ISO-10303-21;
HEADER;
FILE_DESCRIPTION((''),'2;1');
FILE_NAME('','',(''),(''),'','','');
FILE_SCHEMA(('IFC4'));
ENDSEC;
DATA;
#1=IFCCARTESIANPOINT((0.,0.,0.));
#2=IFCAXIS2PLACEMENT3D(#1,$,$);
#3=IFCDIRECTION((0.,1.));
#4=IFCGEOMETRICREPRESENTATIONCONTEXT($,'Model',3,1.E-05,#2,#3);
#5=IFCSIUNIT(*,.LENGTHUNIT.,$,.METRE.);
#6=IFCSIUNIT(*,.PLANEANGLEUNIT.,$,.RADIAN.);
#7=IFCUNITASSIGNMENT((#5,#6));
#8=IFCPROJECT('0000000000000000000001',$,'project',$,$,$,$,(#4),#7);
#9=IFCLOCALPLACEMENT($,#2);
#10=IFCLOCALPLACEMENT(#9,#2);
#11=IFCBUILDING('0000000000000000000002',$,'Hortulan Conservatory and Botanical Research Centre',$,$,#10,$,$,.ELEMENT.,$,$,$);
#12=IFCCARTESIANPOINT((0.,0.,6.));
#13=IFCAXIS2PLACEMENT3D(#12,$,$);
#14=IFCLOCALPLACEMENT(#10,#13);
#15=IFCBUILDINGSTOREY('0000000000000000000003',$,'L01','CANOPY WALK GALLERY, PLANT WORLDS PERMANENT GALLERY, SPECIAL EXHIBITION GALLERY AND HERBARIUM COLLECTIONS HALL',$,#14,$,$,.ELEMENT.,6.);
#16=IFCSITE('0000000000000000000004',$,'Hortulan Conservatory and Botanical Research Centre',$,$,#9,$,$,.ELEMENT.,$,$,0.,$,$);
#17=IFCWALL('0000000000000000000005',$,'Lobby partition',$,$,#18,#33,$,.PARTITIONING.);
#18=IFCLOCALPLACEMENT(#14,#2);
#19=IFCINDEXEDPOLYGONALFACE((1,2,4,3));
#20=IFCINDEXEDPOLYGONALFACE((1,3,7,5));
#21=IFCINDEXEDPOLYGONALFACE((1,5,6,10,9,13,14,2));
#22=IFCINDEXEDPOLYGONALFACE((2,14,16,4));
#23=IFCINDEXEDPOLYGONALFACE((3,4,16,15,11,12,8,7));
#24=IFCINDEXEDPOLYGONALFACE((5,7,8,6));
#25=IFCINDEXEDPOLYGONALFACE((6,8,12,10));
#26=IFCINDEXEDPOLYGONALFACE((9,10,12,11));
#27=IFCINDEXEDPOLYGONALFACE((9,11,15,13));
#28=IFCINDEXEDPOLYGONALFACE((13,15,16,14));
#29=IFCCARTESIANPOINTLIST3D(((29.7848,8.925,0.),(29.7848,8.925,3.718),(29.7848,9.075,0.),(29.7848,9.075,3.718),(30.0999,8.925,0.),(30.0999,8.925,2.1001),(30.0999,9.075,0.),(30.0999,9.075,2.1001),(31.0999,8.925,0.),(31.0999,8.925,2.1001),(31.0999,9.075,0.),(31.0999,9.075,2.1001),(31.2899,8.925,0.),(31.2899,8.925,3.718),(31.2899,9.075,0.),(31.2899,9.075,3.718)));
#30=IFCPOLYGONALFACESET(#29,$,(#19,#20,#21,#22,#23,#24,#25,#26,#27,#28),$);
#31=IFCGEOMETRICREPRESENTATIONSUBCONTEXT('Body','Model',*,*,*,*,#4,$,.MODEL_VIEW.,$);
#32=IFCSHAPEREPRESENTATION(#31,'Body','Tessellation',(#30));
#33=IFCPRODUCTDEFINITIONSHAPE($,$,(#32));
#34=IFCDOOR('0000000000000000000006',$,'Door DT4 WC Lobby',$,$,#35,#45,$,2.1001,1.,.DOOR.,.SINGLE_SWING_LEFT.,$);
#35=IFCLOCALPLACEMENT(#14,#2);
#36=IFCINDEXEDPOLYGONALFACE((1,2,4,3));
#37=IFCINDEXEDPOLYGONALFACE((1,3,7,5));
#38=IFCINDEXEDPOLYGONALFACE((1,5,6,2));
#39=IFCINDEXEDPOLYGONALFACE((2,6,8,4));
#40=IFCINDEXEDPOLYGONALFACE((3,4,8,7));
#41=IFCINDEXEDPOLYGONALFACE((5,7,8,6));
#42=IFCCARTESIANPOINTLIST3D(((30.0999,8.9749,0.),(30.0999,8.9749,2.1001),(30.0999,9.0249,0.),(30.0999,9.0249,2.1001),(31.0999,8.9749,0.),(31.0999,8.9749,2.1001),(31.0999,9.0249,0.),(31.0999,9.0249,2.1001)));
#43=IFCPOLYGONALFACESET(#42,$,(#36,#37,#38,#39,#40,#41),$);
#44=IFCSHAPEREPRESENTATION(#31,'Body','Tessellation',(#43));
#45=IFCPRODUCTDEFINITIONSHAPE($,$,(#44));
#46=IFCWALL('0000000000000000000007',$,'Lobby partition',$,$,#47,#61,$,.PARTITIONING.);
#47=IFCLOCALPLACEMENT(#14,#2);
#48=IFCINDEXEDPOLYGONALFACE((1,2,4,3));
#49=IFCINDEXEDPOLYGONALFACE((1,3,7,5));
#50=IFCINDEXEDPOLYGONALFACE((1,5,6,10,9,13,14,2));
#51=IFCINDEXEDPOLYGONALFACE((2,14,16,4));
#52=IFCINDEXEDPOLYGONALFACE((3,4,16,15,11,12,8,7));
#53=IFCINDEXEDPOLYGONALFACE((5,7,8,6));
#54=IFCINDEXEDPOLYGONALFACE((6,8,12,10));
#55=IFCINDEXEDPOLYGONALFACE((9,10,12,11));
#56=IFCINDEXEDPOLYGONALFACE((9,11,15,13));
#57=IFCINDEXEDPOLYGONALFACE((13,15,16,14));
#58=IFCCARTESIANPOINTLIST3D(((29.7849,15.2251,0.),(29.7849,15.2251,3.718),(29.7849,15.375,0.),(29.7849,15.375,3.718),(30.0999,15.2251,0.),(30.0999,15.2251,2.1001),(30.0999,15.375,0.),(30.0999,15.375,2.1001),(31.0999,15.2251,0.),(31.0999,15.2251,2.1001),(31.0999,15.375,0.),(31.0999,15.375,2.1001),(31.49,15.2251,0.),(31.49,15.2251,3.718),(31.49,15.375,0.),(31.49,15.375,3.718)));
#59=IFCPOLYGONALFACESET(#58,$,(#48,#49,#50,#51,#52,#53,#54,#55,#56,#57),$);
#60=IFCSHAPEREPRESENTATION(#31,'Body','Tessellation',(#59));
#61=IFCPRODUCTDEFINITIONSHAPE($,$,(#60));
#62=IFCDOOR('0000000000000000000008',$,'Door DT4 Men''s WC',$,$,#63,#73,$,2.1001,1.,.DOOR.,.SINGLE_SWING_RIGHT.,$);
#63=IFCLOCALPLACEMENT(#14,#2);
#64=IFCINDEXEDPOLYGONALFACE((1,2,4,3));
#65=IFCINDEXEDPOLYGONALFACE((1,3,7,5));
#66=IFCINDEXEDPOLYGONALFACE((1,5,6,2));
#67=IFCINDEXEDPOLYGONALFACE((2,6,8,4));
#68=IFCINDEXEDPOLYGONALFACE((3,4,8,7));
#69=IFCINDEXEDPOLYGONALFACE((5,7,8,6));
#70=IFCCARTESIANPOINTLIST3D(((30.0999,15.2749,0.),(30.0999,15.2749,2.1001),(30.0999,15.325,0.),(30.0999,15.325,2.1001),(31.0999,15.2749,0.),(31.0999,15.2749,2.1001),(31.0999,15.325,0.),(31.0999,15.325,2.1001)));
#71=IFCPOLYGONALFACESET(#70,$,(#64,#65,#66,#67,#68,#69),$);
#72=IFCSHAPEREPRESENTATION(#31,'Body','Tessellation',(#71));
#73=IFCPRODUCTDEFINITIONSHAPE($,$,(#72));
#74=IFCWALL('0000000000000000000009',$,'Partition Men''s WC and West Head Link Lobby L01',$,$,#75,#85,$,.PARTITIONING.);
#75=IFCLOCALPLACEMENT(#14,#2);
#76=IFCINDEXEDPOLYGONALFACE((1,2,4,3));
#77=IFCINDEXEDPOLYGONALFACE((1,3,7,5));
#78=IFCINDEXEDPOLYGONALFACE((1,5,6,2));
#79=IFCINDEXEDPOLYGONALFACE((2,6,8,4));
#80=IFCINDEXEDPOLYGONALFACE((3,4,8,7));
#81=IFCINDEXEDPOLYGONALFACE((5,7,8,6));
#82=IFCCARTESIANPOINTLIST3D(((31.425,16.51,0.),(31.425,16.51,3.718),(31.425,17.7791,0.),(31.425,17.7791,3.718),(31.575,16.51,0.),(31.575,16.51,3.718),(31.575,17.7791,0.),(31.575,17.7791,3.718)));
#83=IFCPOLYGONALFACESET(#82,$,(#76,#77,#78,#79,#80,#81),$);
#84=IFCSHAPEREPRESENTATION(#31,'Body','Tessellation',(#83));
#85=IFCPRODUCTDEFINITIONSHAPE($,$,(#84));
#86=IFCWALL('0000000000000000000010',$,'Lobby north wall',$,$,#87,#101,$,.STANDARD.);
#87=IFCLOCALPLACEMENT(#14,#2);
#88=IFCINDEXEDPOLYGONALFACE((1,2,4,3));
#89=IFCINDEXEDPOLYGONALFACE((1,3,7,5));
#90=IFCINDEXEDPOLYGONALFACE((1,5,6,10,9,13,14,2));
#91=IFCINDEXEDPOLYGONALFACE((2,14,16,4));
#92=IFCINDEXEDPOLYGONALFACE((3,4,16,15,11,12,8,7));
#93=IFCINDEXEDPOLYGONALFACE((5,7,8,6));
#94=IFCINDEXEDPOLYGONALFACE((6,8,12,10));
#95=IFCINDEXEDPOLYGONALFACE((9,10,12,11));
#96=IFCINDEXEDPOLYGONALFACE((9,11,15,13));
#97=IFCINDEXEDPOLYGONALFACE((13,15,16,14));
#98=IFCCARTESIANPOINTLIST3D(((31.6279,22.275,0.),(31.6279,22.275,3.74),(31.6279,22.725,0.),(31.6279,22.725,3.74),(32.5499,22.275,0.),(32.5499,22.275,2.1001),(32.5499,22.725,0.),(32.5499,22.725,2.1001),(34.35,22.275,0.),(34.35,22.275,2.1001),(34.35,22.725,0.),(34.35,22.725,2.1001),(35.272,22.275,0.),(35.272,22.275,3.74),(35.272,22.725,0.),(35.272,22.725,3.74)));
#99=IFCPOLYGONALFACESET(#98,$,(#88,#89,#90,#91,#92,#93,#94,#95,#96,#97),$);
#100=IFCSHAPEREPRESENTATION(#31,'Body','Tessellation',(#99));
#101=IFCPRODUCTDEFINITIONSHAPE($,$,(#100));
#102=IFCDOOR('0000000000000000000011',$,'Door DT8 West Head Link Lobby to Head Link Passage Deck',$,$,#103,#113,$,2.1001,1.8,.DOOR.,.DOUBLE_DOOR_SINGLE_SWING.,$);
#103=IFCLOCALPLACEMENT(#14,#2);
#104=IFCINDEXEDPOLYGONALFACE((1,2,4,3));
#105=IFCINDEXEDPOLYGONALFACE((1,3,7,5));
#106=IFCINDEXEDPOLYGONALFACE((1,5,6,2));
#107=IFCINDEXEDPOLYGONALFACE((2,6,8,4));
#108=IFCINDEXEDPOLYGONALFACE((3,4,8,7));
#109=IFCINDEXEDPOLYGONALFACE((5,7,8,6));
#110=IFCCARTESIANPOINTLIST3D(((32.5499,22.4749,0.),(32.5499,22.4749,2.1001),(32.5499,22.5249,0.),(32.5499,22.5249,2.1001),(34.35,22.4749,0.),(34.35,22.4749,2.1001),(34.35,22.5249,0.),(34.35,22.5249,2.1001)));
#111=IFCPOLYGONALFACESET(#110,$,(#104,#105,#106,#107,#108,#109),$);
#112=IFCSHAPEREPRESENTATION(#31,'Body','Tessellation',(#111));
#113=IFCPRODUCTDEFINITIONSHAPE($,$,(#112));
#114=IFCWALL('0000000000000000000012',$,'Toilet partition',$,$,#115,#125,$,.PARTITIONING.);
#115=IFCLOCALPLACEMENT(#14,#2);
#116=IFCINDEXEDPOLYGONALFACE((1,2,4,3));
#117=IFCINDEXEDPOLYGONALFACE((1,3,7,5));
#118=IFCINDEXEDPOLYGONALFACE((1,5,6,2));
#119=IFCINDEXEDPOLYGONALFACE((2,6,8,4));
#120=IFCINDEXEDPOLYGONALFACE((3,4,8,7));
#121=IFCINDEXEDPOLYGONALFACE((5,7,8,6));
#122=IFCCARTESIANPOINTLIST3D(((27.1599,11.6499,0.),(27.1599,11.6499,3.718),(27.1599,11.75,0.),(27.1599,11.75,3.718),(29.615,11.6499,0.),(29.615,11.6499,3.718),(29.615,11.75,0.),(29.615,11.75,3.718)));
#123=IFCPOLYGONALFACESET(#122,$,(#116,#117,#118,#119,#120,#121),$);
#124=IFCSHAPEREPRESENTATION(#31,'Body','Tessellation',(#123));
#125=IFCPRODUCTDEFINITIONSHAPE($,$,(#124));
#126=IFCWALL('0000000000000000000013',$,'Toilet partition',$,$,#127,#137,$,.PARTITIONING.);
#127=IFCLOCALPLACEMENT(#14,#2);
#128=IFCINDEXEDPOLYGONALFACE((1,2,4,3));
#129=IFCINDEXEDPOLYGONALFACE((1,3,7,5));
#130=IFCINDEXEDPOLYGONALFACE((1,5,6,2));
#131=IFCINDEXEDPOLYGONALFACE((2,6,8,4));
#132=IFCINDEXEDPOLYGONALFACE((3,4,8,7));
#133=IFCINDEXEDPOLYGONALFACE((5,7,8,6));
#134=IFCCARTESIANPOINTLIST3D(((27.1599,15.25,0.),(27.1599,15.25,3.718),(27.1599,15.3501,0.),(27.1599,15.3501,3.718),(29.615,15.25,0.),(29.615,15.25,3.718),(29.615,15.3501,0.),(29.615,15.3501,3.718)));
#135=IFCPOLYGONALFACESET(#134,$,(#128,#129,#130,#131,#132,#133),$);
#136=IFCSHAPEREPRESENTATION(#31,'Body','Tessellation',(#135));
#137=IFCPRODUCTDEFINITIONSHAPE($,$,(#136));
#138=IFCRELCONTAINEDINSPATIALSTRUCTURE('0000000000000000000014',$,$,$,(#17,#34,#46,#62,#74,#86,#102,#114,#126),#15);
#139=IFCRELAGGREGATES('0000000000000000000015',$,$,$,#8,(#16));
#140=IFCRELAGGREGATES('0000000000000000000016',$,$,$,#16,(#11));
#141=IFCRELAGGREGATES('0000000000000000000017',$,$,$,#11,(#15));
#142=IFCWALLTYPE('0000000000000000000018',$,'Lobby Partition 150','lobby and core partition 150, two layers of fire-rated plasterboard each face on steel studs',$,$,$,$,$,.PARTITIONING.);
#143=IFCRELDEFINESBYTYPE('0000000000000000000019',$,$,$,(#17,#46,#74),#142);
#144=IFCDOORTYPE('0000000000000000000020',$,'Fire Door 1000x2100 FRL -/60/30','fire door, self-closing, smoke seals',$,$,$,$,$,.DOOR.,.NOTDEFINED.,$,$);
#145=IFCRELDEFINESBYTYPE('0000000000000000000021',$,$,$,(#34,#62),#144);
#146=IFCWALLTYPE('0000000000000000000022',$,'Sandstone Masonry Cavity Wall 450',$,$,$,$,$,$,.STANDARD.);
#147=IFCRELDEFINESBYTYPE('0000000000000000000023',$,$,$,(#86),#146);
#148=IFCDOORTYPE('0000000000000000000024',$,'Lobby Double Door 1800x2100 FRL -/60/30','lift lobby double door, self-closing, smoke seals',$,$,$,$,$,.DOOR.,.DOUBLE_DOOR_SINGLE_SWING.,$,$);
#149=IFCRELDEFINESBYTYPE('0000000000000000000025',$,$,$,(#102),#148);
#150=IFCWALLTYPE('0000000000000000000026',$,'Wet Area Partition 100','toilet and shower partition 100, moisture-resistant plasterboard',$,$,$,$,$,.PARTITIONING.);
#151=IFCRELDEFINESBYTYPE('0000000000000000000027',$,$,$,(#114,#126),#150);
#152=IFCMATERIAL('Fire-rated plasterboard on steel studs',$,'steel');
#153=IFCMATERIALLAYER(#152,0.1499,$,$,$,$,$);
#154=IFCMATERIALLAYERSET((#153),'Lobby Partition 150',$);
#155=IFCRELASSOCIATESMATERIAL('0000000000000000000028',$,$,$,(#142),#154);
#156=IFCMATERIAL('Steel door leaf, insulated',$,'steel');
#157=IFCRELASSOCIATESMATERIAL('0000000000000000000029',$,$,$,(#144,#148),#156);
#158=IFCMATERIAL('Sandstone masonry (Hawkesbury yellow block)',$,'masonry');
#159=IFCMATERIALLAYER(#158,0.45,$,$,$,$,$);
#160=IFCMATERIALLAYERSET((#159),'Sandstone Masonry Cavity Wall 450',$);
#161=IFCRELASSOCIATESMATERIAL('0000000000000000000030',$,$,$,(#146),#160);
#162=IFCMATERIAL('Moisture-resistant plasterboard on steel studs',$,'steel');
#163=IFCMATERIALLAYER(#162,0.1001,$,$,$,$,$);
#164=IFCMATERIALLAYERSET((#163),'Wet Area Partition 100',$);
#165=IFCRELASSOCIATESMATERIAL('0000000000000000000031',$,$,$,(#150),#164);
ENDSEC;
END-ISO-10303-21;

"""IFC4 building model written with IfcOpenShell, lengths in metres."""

from ifc_helpers import new_model, si_unit, direction, frame, frame_2d, origin, place, context, subcontext, project, spatial, rectangle, extrude, material, layer, layer_set, type_object, element, fill, save


model = new_model("IFC4")

# Units and contexts
model_context = context("Model", 3, precision=1e-05, world=origin(), true_north=direction((0.0, 1.0)))
body_context = subcontext(model_context, "Body", "Model", "MODEL_VIEW")
ifc_project = project(units=[si_unit("LENGTHUNIT", "METRE"), si_unit("PLANEANGLEUNIT", "RADIAN")], contexts=[model_context])

# Site, building, storey
site_placement = place(None, origin())
site = spatial("IfcSite", under=ifc_project, at=site_placement, Name="Hortulan Conservatory and Botanical Research Centre", CompositionType="ELEMENT", RefElevation=0.0)
building_placement = place(site_placement, origin())
building = spatial("IfcBuilding", under=site, at=building_placement, Name="Hortulan Conservatory and Botanical Research Centre", CompositionType="ELEMENT")
storey_placement = place(building_placement, frame((0.0, 0.0, 6.0)))
storey = spatial("IfcBuildingStorey", under=building, at=storey_placement, Name="L01", Description="CANOPY WALK GALLERY, PLANT WORLDS PERMANENT GALLERY, SPECIAL EXHIBITION GALLERY AND HERBARIUM COLLECTIONS HALL", CompositionType="ELEMENT", Elevation=6.0)

# Walls, openings, doors
ifc_material_1 = material(Name="Fire-rated plasterboard on steel studs", Category="steel")
ifc_layer_1 = layer(ifc_material_1, 0.1499)
ifc_layer_set_1 = layer_set([ifc_layer_1], Name="Lobby Partition 150")
wall_type_1 = type_object("IfcWallType", Name="Lobby Partition 150", Description="lobby and core partition 150, two layers of fire-rated plasterboard each face on steel studs", PredefinedType="PARTITIONING", material=ifc_layer_set_1)
ifc_material_2 = material(Name="Steel door leaf, insulated", Category="steel")
door_type_1 = type_object("IfcDoorType", Name="Fire Door 1000x2100 FRL -/60/30", Description="fire door, self-closing, smoke seals", OperationType="NOTDEFINED", PredefinedType="DOOR", material=ifc_material_2)
wall_1_placement = place(storey_placement, frame((29.7849, 9.0, 0.0), z_axis=(0.0, 0.0, 1.0), x_axis=(1.0, 0.0, 0.0)))
wall_1 = element("IfcWall", 1, at=wall_1_placement, inside=storey, type_object=wall_type_1, Name="Lobby partition", PredefinedType="PARTITIONING", context=body_context, shape_type="SweptSolid", body=[
    extrude(rectangle(XDim=1.5051, YDim=0.1499, at=frame_2d((0.7524, 0.0))), origin(), (0.0, 0.0, 1.0), 3.718),
])
opening_1_placement = place(wall_1_placement, frame((0.3149, 0.0, 0.0)))
opening_1 = element("IfcOpeningElement", 2, at=opening_1_placement, cuts=wall_1, PredefinedType="OPENING", context=body_context, shape_type="SweptSolid", body=[
    extrude(rectangle(XDim=1.0, YDim=2.1001, at=frame_2d((0.5, 1.05))), frame((0.0, 0.085, 0.0), z_axis=(0.0, -1.0, 0.0), x_axis=(1.0, 0.0, 0.0)), (0.0, 0.0, 1.0), 0.1699),
])
door_1_placement = place(opening_1_placement, origin())
door_1 = element("IfcDoor", 3, at=door_1_placement, inside=storey, type_object=door_type_1, Name="Door DT4 WC Lobby", OperationType="SINGLE_SWING_LEFT", OverallHeight=2.1001, OverallWidth=1.0, PredefinedType="DOOR", context=body_context, shape_type="SweptSolid", body=[
    extrude(rectangle(XDim=1.0, YDim=2.1001, at=frame_2d((0.5, 1.05))), frame((0.0, 0.0249, 0.0), z_axis=(0.0, -1.0, 0.0), x_axis=(1.0, 0.0, 0.0)), (0.0, 0.0, 1.0), 0.05),
])
fill(opening_1, door_1)
wall_2_placement = place(storey_placement, frame((29.7849, 15.3, 0.0), z_axis=(0.0, 0.0, 1.0), x_axis=(1.0, 0.0, 0.0)))
wall_2 = element("IfcWall", 4, at=wall_2_placement, inside=storey, type_object=wall_type_1, Name="Lobby partition", PredefinedType="PARTITIONING", context=body_context, shape_type="SweptSolid", body=[
    extrude(rectangle(XDim=1.7051, YDim=0.1499, at=frame_2d((0.8525, 0.0))), origin(), (0.0, 0.0, 1.0), 3.718),
])
opening_2_placement = place(wall_2_placement, frame((0.3149, 0.0, 0.0)))
opening_2 = element("IfcOpeningElement", 5, at=opening_2_placement, cuts=wall_2, PredefinedType="OPENING", context=body_context, shape_type="SweptSolid", body=[
    extrude(rectangle(XDim=1.0, YDim=2.1001, at=frame_2d((0.5, 1.05))), frame((0.0, 0.085, 0.0), z_axis=(0.0, -1.0, 0.0), x_axis=(1.0, 0.0, 0.0)), (0.0, 0.0, 1.0), 0.1699),
])
door_2_placement = place(opening_2_placement, origin())
door_2 = element("IfcDoor", 6, at=door_2_placement, inside=storey, type_object=door_type_1, Name="Door DT4 Men's WC", OperationType="SINGLE_SWING_RIGHT", OverallHeight=2.1001, OverallWidth=1.0, PredefinedType="DOOR", context=body_context, shape_type="SweptSolid", body=[
    extrude(rectangle(XDim=1.0, YDim=2.1001, at=frame_2d((0.5, 1.05))), frame((0.0, 0.0249, 0.0), z_axis=(0.0, -1.0, 0.0), x_axis=(1.0, 0.0, 0.0)), (0.0, 0.0, 1.0), 0.05),
])
fill(opening_2, door_2)

# Wall
wall_3_placement = place(storey_placement, frame((31.5, 16.51, 0.0), z_axis=(0.0, 0.0, 1.0), x_axis=(0.0, 1.0, 0.0)))
element("IfcWall", 7, at=wall_3_placement, inside=storey, type_object=wall_type_1, Name="Partition Men's WC and West Head Link Lobby L01", PredefinedType="PARTITIONING", context=body_context, shape_type="SweptSolid", body=[
    extrude(rectangle(XDim=1.269, YDim=0.1499, at=frame_2d((0.6345, 0.0))), origin(), (0.0, 0.0, 1.0), 3.718),
])

# Wall, opening, door
ifc_material_3 = material(Name="Sandstone masonry (Hawkesbury yellow block)", Category="masonry")
ifc_layer_2 = layer(ifc_material_3, 0.45)
ifc_layer_set_2 = layer_set([ifc_layer_2], Name="Sandstone Masonry Cavity Wall 450")
wall_type_2 = type_object("IfcWallType", Name="Sandstone Masonry Cavity Wall 450", PredefinedType="STANDARD", material=ifc_layer_set_2)
wall_4_placement = place(storey_placement, frame((31.6279, 22.5, 0.0), z_axis=(0.0, 0.0, 1.0), x_axis=(1.0, 0.0, 0.0)))
wall_4 = element("IfcWall", 8, at=wall_4_placement, inside=storey, type_object=wall_type_2, Name="Lobby north wall", PredefinedType="STANDARD", context=body_context, shape_type="SweptSolid", body=[
    extrude(rectangle(XDim=3.644, YDim=0.45, at=frame_2d((1.822, 0.0))), origin(), (0.0, 0.0, 1.0), 3.74),
])
opening_3_placement = place(wall_4_placement, frame((0.9221, 0.0, 0.0)))
opening_3 = element("IfcOpeningElement", 9, at=opening_3_placement, cuts=wall_4, PredefinedType="OPENING", context=body_context, shape_type="SweptSolid", body=[
    extrude(rectangle(XDim=1.8, YDim=2.1001, at=frame_2d((0.8999, 1.05))), frame((0.0, 0.2349, 0.0), z_axis=(0.0, -1.0, 0.0), x_axis=(1.0, 0.0, 0.0)), (0.0, 0.0, 1.0), 0.47),
])
door_type_2 = type_object("IfcDoorType", Name="Lobby Double Door 1800x2100 FRL -/60/30", Description="lift lobby double door, self-closing, smoke seals", OperationType="DOUBLE_DOOR_SINGLE_SWING", PredefinedType="DOOR", material=ifc_material_2)
door_3_placement = place(opening_3_placement, origin())
door_3 = element("IfcDoor", 10, at=door_3_placement, inside=storey, type_object=door_type_2, Name="Door DT8 West Head Link Lobby to Head Link Passage Deck", OperationType="DOUBLE_DOOR_SINGLE_SWING", OverallHeight=2.1001, OverallWidth=1.8, PredefinedType="DOOR", context=body_context, shape_type="SweptSolid", body=[
    extrude(rectangle(XDim=1.8, YDim=2.1001, at=frame_2d((0.8999, 1.05))), frame((0.0, 0.0249, 0.0), z_axis=(0.0, -1.0, 0.0), x_axis=(1.0, 0.0, 0.0)), (0.0, 0.0, 1.0), 0.05),
])
fill(opening_3, door_3)

# Walls
ifc_material_4 = material(Name="Moisture-resistant plasterboard on steel studs", Category="steel")
ifc_layer_3 = layer(ifc_material_4, 0.1001)
ifc_layer_set_3 = layer_set([ifc_layer_3], Name="Wet Area Partition 100")
wall_type_3 = type_object("IfcWallType", Name="Wet Area Partition 100", Description="toilet and shower partition 100, moisture-resistant plasterboard", PredefinedType="PARTITIONING", material=ifc_layer_set_3)
for number, where, z_axis, x_axis, name in (
    (11, (27.1599, 11.7, 0.0), (0.0, 0.0, 1.0), (1.0, 0.0, 0.0), "Toilet partition"),
    (12, (27.1599, 15.3, 0.0), (0.0, 0.0, 1.0), (1.0, 0.0, 0.0), "Toilet partition"),
):
    element("IfcWall", number, at=place(storey_placement, frame(where, z_axis=z_axis, x_axis=x_axis)), inside=storey, type_object=wall_type_3, Name=name, PredefinedType="PARTITIONING", context=body_context, shape_type="SweptSolid", body=[
        extrude(rectangle(XDim=2.4551, YDim=0.1001, at=frame_2d((1.2275, 0.0))), origin(), (0.0, 0.0, 1.0), 3.718),
    ])

save(model, "model.ifc")
